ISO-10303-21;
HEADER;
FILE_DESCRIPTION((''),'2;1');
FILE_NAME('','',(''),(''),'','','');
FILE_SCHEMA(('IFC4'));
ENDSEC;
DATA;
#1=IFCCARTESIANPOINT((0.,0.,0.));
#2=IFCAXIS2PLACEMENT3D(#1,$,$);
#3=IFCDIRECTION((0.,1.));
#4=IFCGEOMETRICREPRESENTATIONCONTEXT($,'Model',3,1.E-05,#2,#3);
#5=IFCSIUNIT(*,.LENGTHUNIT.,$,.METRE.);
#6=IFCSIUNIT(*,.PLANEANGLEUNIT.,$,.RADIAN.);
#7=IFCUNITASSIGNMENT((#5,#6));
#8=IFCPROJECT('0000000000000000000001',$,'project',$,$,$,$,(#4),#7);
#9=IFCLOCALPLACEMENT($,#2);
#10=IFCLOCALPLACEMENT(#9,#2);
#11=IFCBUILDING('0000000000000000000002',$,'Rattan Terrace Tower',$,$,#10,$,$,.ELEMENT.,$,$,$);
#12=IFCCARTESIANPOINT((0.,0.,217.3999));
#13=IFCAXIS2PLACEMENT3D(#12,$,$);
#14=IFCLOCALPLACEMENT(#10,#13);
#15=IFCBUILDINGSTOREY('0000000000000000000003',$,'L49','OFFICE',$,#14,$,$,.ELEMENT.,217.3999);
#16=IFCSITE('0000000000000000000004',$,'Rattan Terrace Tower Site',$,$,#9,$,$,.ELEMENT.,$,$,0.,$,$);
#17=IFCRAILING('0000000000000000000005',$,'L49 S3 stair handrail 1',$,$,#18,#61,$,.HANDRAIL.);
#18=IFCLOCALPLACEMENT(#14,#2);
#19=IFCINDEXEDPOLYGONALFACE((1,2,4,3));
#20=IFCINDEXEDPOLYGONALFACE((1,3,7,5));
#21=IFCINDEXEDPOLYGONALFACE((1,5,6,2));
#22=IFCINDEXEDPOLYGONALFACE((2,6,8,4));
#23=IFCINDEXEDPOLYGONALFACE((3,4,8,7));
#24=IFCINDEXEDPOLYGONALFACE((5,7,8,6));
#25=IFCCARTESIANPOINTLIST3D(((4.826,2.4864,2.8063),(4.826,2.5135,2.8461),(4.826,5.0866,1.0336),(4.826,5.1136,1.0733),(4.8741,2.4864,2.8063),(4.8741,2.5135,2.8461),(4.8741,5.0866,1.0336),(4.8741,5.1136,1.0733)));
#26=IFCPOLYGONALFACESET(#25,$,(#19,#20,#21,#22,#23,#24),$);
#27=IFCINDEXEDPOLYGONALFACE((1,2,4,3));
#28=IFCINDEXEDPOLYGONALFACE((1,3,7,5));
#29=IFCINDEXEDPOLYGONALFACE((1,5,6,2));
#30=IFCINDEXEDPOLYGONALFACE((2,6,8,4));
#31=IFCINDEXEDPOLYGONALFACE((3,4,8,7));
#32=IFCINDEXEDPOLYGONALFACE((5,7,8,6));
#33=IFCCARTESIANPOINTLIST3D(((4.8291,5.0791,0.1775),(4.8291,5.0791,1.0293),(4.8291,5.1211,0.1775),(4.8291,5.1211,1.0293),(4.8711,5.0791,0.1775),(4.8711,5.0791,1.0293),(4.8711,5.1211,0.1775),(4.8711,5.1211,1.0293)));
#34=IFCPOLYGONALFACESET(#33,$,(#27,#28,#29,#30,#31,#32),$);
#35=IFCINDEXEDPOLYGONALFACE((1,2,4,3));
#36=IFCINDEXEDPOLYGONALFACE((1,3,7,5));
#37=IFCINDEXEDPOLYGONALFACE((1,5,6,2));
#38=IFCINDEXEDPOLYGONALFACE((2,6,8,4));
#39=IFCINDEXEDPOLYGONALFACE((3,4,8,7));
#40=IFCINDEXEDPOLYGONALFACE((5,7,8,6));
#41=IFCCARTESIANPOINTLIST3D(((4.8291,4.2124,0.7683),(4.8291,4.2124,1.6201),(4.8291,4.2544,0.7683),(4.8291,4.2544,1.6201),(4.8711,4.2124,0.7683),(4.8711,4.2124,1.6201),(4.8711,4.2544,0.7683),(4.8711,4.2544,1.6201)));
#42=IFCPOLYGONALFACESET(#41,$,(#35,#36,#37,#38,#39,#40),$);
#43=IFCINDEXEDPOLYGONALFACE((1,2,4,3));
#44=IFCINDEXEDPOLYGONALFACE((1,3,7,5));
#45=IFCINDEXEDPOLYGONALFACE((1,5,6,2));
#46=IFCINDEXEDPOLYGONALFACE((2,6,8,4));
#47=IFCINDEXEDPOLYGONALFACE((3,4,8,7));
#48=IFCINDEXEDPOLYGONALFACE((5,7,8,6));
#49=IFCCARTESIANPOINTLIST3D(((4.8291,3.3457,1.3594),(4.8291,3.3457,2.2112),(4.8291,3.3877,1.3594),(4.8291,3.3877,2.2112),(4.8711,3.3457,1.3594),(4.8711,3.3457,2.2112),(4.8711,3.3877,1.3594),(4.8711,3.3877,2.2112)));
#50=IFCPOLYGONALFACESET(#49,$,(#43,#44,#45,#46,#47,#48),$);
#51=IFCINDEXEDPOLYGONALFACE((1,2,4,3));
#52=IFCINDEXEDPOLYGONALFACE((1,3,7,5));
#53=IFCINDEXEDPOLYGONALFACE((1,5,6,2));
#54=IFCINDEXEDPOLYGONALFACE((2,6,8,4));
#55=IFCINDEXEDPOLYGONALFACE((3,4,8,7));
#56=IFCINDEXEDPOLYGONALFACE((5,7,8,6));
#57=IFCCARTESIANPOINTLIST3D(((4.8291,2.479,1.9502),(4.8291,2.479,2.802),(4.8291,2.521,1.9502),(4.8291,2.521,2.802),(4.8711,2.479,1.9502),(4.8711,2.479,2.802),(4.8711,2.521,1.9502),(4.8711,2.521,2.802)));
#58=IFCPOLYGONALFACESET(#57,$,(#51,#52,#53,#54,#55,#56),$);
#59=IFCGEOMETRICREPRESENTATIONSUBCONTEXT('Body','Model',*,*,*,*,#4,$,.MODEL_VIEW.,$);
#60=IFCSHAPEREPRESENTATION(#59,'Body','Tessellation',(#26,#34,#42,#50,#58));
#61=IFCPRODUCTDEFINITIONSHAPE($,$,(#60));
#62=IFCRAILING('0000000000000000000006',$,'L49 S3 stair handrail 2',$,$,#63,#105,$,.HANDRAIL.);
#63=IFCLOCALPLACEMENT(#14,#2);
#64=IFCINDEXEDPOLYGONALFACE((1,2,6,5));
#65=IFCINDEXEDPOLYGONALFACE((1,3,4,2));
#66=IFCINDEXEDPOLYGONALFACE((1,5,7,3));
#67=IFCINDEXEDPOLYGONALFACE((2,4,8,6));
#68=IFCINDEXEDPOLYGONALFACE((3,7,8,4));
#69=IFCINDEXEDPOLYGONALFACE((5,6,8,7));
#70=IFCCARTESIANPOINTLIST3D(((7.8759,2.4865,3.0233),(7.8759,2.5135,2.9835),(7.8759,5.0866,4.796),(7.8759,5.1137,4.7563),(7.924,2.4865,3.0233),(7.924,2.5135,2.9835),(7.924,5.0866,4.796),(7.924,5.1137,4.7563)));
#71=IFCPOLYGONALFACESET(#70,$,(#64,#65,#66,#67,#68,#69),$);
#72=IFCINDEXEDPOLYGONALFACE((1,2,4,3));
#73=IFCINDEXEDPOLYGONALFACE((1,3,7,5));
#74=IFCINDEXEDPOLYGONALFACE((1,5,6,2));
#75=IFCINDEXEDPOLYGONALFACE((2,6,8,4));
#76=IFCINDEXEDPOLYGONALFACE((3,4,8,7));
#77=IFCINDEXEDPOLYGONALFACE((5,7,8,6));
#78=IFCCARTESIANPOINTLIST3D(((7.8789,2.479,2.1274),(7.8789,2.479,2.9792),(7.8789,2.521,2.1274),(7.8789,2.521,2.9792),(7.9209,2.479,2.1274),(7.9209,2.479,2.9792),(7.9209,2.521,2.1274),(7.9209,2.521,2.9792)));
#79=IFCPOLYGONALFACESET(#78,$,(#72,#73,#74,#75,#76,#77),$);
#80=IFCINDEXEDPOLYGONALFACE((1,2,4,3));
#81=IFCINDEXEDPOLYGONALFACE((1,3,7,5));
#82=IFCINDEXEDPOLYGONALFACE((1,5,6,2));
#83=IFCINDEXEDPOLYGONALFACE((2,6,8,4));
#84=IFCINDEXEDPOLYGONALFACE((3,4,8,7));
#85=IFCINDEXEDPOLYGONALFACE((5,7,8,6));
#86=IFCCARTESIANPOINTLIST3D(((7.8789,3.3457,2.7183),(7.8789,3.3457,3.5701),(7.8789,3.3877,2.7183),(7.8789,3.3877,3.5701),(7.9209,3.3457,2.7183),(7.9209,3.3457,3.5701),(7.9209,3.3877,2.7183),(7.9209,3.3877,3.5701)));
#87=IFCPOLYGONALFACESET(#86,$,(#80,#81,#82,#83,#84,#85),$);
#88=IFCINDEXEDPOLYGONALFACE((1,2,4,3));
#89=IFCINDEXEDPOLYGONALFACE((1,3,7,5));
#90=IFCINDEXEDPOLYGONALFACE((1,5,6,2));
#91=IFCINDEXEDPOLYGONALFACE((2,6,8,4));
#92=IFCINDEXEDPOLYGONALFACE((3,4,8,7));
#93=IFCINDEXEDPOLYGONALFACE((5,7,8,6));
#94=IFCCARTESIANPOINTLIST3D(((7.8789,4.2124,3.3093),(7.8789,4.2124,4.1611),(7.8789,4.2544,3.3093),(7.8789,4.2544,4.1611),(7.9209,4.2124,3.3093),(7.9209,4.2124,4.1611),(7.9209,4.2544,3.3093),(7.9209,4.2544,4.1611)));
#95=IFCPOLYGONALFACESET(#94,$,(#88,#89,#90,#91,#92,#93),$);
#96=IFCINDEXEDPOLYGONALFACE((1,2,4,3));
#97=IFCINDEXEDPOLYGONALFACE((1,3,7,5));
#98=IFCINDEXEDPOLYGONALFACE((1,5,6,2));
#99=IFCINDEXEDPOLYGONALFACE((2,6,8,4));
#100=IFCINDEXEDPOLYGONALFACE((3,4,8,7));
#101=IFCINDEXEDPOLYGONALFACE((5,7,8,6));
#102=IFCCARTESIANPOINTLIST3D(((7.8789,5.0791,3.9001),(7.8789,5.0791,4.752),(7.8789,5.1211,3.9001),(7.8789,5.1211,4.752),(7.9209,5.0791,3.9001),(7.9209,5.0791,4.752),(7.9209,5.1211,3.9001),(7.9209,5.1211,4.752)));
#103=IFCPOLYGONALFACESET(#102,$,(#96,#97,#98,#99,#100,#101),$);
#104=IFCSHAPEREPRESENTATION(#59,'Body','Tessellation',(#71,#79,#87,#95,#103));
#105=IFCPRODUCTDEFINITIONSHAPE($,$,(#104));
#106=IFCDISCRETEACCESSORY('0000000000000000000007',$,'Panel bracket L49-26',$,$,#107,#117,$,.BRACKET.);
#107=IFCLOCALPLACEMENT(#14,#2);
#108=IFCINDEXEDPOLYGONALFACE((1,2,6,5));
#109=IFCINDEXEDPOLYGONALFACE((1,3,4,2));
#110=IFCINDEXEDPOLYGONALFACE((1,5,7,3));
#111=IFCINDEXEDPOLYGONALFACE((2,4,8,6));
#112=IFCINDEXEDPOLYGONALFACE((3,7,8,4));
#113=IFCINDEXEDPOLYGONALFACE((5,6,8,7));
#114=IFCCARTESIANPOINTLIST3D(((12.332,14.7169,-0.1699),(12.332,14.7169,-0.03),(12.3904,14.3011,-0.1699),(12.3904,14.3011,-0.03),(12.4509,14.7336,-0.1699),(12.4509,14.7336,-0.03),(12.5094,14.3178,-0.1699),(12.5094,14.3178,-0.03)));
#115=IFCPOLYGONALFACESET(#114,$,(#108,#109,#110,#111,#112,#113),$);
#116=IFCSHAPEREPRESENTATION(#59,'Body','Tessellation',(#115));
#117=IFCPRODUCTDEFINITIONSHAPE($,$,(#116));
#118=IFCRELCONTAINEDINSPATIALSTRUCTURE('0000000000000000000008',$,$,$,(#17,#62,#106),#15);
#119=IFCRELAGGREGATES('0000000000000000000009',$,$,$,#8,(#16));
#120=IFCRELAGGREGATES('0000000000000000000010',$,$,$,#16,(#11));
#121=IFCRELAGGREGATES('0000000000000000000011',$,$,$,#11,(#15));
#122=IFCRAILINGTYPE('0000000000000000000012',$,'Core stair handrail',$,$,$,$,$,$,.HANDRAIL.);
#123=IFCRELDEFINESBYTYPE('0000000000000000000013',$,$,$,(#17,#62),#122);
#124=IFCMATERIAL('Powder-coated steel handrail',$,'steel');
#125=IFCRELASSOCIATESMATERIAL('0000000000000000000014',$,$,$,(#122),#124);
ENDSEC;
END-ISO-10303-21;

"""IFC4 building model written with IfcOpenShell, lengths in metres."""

from ifc_helpers import new_model, si_unit, direction, frame, origin, origin_2d, place, context, subcontext, project, spatial, rectangle, extrude, material, type_object, element, save


model = new_model("IFC4")

# Units and contexts
model_context = context("Model", 3, precision=1e-05, world=origin(), true_north=direction((0.0, 1.0)))
body_context = subcontext(model_context, "Body", "Model", "MODEL_VIEW")
ifc_project = project(units=[si_unit("LENGTHUNIT", "METRE"), si_unit("PLANEANGLEUNIT", "RADIAN")], contexts=[model_context])

# Site, building, storey
site_placement = place(None, origin())
site = spatial("IfcSite", under=ifc_project, at=site_placement, Name="Rattan Terrace Tower Site", CompositionType="ELEMENT", RefElevation=0.0)
building_placement = place(site_placement, origin())
building = spatial("IfcBuilding", under=site, at=building_placement, Name="Rattan Terrace Tower", CompositionType="ELEMENT")
storey_placement = place(building_placement, frame((0.0, 0.0, 217.3999)))
storey = spatial("IfcBuildingStorey", under=building, at=storey_placement, Name="L49", Description="OFFICE", CompositionType="ELEMENT", Elevation=217.3999)

# Railings
ifc_material_1 = material(Name="Powder-coated steel handrail", Category="steel")
railing_type_1 = type_object("IfcRailingType", Name="Core stair handrail", PredefinedType="HANDRAIL", material=ifc_material_1)
for number, where, name in (
    (1, (4.8501, 5.1001, 0.1775), "L49 S3 stair handrail 1"),
):
    element("IfcRailing", number, at=place(storey_placement, frame(where)), inside=storey, type_object=railing_type_1, Name=name, PredefinedType="HANDRAIL", context=body_context, shape_type="SweptSolid", body=[
        extrude(rectangle(XDim=0.0481, YDim=0.0481, at=origin_2d()), frame((0.0, 0.0, 0.876), z_axis=(0.0, -0.82624, 0.563318), x_axis=(1.0, 0.0, 0.0)), (0.0, 0.0, 1.0), 3.147),
        extrude(rectangle(XDim=0.042, YDim=0.042, at=origin_2d()), origin(), (0.0, 0.0, 1.0), 0.8518),
        extrude(rectangle(XDim=0.042, YDim=0.042, at=origin_2d()), frame((0.0, -0.8667, 0.5908)), (0.0, 0.0, 1.0), 0.8518),
        extrude(rectangle(XDim=0.042, YDim=0.042, at=origin_2d()), frame((0.0, -1.7334, 1.1819)), (0.0, 0.0, 1.0), 0.8518),
        extrude(rectangle(XDim=0.042, YDim=0.042, at=origin_2d()), frame((0.0, -2.6001, 1.7727)), (0.0, 0.0, 1.0), 0.8518),
    ])
railing_1_placement = place(storey_placement, frame((7.8999, 2.5, 2.1274)))
element("IfcRailing", 2, at=railing_1_placement, inside=storey, type_object=railing_type_1, Name="L49 S3 stair handrail 2", PredefinedType="HANDRAIL", context=body_context, shape_type="SweptSolid", body=[
    extrude(rectangle(XDim=0.0481, YDim=0.0481, at=origin_2d()), frame((0.0, 0.0, 0.876), z_axis=(0.0, 0.82624, 0.563318), x_axis=(-1.0, 0.0, 0.0)), (0.0, 0.0, 1.0), 3.147),
    extrude(rectangle(XDim=0.042, YDim=0.042, at=origin_2d()), origin(), (0.0, 0.0, 1.0), 0.8518),
    extrude(rectangle(XDim=0.042, YDim=0.042, at=origin_2d()), frame((0.0, 0.8667, 0.5908)), (0.0, 0.0, 1.0), 0.8518),
    extrude(rectangle(XDim=0.042, YDim=0.042, at=origin_2d()), frame((0.0, 1.7334, 1.1819)), (0.0, 0.0, 1.0), 0.8518),
    extrude(rectangle(XDim=0.042, YDim=0.042, at=origin_2d()), frame((0.0, 2.6001, 1.7727)), (0.0, 0.0, 1.0), 0.8518),
])

# Discrete accessory
discrete_accessory_placement = place(storey_placement, frame((12.4207, 14.5173, -0.1699), z_axis=(0.0, 0.0, 1.0), x_axis=(-0.990267, -0.139177, 0.0)))
element("IfcDiscreteAccessory", 3, at=discrete_accessory_placement, inside=storey, Name="Panel bracket L49-26", PredefinedType="BRACKET", context=body_context, shape_type="SweptSolid", body=[
    extrude(rectangle(XDim=0.1201, YDim=0.4199, at=origin_2d()), origin(), (0.0, 0.0, 1.0), 0.1399),
])

save(model, "model.ifc")
